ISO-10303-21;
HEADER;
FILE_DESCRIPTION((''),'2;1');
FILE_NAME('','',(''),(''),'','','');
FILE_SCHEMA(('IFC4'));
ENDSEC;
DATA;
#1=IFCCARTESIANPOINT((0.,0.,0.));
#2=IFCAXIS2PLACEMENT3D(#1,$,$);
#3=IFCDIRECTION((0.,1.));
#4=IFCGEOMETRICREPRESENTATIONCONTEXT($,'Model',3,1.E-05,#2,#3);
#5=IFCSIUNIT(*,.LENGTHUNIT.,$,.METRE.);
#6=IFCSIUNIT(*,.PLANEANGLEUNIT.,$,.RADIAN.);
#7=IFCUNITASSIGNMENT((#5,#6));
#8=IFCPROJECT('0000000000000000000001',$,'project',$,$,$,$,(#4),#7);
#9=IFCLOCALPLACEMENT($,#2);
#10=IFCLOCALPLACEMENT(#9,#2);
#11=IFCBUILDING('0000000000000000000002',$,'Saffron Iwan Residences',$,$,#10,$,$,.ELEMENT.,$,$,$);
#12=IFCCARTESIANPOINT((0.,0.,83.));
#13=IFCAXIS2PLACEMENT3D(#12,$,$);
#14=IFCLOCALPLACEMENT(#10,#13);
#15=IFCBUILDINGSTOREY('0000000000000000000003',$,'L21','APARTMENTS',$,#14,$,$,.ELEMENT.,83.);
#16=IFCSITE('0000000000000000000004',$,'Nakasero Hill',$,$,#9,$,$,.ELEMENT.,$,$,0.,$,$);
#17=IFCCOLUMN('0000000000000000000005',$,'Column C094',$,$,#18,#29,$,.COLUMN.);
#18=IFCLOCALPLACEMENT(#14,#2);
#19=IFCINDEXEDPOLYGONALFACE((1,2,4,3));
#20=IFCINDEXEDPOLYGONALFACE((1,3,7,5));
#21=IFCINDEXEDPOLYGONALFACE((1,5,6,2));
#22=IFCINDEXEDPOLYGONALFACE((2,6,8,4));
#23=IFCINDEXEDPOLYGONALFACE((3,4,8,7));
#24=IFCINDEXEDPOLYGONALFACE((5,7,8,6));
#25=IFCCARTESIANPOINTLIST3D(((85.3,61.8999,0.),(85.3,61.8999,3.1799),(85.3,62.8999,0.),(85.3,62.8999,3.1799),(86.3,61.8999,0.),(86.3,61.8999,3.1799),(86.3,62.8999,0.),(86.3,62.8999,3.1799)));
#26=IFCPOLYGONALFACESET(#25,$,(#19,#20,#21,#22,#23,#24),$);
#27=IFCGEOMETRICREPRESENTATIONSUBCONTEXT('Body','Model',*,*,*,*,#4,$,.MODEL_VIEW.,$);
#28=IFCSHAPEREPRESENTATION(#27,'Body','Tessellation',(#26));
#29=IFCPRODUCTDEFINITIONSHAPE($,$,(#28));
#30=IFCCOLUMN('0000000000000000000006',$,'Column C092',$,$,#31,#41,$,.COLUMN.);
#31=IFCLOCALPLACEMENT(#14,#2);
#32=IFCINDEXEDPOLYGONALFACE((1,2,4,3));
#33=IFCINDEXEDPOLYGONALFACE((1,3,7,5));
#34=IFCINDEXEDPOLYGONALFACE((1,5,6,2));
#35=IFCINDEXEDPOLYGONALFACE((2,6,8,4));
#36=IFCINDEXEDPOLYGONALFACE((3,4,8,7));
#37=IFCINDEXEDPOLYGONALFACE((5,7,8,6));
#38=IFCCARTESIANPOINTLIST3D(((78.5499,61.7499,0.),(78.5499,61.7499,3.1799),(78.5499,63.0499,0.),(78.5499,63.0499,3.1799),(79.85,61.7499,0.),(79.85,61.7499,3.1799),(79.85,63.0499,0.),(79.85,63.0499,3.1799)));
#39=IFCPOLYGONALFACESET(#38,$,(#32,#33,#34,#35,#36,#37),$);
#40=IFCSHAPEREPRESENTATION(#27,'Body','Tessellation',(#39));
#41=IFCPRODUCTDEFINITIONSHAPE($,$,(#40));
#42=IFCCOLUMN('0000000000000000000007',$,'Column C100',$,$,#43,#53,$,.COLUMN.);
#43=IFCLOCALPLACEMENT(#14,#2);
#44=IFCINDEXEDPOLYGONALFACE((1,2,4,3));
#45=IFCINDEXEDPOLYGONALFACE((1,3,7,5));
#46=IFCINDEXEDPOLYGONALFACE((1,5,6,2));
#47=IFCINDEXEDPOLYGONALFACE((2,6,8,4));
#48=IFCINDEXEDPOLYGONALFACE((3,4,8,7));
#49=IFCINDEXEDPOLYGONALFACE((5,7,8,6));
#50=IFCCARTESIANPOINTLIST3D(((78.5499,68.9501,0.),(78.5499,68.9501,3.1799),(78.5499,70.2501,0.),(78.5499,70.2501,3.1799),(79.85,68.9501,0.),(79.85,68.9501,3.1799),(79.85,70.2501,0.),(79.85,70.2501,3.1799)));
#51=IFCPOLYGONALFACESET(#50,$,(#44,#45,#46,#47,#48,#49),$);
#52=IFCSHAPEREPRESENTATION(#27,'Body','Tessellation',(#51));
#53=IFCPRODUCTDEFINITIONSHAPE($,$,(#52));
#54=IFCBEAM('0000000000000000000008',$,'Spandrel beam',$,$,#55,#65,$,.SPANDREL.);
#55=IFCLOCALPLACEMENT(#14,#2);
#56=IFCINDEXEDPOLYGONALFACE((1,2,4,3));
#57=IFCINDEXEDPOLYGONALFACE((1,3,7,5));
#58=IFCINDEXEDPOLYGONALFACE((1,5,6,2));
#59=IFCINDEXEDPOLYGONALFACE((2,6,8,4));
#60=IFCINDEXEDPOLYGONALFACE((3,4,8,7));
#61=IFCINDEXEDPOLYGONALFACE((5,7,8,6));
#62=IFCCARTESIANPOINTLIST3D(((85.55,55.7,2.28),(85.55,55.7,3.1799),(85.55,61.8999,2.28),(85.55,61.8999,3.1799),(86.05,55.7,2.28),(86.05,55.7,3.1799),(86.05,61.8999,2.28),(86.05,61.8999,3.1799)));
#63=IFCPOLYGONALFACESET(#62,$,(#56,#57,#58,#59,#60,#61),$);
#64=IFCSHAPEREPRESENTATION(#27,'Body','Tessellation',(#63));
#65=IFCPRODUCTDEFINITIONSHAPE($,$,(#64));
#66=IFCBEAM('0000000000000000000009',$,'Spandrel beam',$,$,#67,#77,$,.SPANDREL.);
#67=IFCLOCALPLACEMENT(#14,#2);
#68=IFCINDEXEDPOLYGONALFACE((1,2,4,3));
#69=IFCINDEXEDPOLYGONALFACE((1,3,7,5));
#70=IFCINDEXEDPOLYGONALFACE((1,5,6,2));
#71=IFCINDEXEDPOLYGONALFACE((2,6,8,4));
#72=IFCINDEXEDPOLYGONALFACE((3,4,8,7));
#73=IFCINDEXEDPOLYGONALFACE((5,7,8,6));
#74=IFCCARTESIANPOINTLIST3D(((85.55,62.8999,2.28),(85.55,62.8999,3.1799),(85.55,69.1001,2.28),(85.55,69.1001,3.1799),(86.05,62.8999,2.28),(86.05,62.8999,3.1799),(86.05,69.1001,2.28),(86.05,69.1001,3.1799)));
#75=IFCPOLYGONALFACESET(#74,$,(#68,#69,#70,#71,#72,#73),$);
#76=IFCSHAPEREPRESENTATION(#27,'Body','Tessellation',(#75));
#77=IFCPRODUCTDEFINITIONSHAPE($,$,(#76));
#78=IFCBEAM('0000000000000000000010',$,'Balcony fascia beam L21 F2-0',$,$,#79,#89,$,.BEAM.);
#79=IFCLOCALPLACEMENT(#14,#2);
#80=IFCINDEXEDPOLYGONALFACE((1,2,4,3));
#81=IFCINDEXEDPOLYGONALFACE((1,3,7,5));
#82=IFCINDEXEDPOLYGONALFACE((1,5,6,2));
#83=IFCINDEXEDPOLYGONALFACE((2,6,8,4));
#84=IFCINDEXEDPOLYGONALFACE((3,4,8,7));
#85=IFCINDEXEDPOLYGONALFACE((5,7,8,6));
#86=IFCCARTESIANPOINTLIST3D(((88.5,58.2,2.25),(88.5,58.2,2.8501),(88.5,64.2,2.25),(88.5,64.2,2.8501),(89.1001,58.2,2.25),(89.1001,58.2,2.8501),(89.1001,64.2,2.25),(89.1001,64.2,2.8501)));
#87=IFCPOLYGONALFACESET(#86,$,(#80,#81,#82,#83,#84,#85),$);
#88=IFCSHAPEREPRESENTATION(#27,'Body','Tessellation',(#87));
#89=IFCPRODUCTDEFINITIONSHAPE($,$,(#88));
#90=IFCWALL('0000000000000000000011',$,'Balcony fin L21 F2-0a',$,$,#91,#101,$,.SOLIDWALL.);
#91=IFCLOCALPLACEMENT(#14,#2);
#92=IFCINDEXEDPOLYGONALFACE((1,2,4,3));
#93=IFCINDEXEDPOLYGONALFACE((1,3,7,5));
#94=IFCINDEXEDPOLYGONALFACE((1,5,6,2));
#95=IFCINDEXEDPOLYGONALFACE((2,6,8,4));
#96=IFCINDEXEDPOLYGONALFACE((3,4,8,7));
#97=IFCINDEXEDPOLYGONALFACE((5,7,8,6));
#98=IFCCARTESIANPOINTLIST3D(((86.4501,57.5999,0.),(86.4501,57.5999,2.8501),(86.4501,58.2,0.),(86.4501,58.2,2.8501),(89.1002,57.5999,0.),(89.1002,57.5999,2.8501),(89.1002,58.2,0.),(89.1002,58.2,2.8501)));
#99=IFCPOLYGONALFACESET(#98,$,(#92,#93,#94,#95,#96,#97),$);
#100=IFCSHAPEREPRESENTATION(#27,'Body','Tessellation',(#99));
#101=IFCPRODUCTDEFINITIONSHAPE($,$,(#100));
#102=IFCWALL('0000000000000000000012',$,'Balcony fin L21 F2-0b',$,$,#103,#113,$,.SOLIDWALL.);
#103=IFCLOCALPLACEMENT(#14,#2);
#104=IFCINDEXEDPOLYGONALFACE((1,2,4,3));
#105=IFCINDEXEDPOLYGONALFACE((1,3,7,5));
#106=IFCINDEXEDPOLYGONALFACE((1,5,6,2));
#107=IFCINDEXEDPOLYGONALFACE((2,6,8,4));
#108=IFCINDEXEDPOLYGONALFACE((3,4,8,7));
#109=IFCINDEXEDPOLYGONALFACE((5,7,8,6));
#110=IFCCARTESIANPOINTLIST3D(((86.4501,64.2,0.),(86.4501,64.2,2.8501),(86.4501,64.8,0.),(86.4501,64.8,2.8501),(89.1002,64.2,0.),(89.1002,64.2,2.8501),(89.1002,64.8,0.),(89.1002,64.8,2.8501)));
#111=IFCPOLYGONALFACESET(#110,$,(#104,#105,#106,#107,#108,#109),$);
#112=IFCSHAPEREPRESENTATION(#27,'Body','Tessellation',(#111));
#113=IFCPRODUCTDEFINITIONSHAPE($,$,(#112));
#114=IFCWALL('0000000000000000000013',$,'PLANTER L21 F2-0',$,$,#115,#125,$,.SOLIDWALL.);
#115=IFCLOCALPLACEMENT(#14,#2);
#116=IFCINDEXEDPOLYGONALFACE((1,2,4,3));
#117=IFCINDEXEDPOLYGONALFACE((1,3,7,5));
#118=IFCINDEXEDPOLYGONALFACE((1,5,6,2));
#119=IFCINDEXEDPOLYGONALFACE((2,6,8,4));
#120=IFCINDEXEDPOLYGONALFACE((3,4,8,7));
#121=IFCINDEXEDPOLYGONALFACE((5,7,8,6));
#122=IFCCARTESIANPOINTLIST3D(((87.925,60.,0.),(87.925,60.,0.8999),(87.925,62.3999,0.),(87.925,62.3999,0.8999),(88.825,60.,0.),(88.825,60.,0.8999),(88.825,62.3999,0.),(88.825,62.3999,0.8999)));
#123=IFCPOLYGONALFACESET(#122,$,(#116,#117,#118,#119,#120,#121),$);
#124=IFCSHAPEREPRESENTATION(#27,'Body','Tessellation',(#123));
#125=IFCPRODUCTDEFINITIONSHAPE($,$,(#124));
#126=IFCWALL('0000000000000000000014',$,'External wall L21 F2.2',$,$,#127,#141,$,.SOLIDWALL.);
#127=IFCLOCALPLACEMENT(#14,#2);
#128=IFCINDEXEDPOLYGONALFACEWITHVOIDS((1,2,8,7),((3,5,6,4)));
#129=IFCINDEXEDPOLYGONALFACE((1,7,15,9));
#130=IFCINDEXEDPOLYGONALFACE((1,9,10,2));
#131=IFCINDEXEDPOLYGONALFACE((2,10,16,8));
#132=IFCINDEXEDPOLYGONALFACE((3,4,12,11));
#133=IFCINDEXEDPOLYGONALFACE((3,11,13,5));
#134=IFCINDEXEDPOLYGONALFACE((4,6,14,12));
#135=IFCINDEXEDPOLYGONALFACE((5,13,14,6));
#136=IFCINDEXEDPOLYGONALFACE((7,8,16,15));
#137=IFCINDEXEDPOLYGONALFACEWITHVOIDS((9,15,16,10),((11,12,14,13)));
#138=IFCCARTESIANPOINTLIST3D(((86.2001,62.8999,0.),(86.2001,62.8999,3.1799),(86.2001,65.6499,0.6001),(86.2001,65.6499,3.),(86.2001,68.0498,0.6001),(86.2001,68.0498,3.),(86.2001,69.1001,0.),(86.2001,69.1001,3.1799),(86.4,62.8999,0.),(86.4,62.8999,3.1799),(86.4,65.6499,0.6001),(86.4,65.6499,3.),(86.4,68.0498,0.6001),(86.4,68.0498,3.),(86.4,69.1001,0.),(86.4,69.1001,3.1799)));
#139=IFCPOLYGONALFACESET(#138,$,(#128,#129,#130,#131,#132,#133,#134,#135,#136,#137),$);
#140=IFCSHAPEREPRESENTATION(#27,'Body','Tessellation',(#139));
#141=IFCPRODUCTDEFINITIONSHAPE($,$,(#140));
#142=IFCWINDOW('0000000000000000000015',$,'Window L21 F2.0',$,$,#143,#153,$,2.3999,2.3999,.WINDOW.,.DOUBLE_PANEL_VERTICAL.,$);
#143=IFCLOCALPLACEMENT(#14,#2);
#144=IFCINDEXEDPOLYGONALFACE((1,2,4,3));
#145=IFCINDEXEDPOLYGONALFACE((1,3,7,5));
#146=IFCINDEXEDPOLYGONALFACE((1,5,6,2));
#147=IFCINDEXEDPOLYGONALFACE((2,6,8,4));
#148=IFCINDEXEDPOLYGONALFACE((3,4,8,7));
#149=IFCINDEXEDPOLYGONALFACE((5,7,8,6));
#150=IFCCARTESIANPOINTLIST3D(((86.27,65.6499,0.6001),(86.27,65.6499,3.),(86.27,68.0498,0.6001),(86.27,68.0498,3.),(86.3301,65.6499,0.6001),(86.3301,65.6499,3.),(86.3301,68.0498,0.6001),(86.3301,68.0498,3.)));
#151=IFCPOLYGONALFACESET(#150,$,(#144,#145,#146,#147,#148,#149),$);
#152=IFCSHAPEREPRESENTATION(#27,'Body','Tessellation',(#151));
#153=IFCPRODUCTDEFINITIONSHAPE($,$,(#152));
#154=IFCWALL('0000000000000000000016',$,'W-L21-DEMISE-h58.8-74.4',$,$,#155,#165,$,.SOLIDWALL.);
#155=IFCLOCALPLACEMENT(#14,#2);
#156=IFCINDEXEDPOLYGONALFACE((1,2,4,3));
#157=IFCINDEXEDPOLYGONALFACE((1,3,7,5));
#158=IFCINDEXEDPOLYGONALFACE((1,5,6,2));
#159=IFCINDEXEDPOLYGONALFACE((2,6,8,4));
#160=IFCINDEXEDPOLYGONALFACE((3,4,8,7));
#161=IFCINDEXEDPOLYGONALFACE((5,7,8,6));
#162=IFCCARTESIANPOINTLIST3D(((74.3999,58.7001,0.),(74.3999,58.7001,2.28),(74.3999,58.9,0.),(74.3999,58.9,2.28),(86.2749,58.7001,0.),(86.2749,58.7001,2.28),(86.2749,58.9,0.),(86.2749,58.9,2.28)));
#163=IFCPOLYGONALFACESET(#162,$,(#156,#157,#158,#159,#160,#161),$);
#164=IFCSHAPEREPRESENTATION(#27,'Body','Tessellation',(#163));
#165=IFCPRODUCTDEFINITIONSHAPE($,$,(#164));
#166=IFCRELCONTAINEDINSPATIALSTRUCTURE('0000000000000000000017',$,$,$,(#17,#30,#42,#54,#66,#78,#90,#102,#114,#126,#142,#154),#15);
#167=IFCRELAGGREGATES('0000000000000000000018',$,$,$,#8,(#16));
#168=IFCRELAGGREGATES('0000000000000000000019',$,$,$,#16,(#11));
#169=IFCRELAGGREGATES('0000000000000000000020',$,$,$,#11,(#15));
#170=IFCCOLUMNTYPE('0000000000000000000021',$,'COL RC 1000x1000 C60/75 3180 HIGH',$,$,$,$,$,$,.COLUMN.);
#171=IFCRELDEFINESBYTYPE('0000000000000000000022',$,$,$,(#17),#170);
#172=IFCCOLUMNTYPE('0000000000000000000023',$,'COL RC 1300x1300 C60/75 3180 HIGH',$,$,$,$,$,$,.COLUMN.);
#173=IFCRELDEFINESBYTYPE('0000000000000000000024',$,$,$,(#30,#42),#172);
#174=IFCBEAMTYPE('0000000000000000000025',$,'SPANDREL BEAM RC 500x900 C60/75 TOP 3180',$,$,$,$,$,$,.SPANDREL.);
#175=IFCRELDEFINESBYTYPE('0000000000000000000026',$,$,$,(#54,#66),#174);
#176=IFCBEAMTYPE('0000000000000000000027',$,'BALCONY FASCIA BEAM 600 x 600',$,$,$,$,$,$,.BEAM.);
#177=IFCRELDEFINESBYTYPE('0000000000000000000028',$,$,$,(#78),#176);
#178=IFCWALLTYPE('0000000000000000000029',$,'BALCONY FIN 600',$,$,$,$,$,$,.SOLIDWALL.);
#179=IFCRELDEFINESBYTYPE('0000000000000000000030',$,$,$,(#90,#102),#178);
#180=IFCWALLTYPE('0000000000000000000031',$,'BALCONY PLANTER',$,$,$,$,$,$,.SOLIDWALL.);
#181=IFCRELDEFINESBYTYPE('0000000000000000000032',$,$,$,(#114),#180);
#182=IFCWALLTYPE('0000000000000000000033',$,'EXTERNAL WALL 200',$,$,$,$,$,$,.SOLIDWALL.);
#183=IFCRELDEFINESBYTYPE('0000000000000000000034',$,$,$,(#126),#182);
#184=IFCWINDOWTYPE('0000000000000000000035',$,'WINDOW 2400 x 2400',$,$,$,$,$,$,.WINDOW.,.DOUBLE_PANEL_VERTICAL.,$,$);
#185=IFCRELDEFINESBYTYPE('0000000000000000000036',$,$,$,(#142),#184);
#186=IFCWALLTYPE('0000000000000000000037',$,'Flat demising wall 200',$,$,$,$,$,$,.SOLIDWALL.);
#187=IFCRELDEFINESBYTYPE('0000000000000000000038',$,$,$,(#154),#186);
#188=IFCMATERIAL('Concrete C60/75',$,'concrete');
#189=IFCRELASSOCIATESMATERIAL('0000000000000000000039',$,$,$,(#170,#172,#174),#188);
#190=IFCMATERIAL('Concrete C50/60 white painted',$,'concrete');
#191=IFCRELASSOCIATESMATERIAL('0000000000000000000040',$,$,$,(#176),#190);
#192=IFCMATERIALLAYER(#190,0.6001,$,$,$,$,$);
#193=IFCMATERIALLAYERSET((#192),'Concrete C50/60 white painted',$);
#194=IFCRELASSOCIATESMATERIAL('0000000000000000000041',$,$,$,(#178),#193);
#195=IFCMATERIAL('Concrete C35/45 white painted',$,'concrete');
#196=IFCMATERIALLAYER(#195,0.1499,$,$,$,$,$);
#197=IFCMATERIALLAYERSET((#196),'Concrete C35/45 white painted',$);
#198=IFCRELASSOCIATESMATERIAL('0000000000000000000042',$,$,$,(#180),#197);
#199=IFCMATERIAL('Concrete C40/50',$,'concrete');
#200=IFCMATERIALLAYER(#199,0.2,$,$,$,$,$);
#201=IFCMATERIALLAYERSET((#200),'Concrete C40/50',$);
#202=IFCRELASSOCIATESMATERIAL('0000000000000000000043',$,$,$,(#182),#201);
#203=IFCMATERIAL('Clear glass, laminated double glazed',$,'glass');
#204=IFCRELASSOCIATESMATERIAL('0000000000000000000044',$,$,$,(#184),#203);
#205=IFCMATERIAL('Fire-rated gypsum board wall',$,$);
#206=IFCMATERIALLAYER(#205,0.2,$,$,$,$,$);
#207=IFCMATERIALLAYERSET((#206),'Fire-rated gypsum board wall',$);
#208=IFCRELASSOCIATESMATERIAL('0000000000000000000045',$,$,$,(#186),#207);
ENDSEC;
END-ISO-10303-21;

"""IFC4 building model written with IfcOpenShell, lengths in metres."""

from ifc_helpers import new_model, si_unit, direction, frame, frame_2d, origin, origin_2d, place, context, subcontext, project, spatial, rectangle, extrude, source, transform, mapped, material, layer, layer_set, material_profile, profile_set, type_object, element, fill, save


model = new_model("IFC4")

# Units and contexts
model_context = context("Model", 3, precision=1e-05, world=origin(), true_north=direction((0.0, 1.0)))
body_context = subcontext(model_context, "Body", "Model", "MODEL_VIEW")
ifc_project = project(units=[si_unit("LENGTHUNIT", "METRE"), si_unit("PLANEANGLEUNIT", "RADIAN")], contexts=[model_context])

# Site, building, storey
site_placement = place(None, origin())
site = spatial("IfcSite", under=ifc_project, at=site_placement, Name="Nakasero Hill", CompositionType="ELEMENT", RefElevation=0.0)
building_placement = place(site_placement, origin())
building = spatial("IfcBuilding", under=site, at=building_placement, Name="Saffron Iwan Residences", CompositionType="ELEMENT")
storey_placement = place(building_placement, frame((0.0, 0.0, 83.0)))
storey = spatial("IfcBuildingStorey", under=building, at=storey_placement, Name="L21", Description="APARTMENTS", CompositionType="ELEMENT", Elevation=83.0)

# Columns
ifc_material_1 = material(Name="Concrete C60/75", Category="concrete")
ifc_material_profile_1 = material_profile(ifc_material_1, rectangle(XDim=1.0, YDim=1.0, at=origin_2d()), Name="RC 1000x1000")
ifc_profile_set_1 = profile_set([ifc_material_profile_1], Name="Concrete C60/75")
column_type_1 = type_object("IfcColumnType", Name="COL RC 1000x1000 C60/75 3180 HIGH", PredefinedType="COLUMN", material=ifc_profile_set_1)
shared_shape_1 = source(origin(), body_context, "Body", "SweptSolid", [
    extrude(rectangle(XDim=1.0, YDim=1.0, at=origin_2d()), origin(), (0.0, 0.0, 1.0), 3.1799),
])
column_placement = place(storey_placement, frame((85.8, 62.3999, 0.0), z_axis=(0.0, 0.0, 1.0), x_axis=(1.0, 0.0, 0.0)))
element("IfcColumn", 1, at=column_placement, inside=storey, type_object=column_type_1, Name="Column C094", PredefinedType="COLUMN", context=body_context, shape_type="MappedRepresentation", body=[
    mapped(shared_shape_1, transform((0.0, 0.0, 0.0))),
])
ifc_material_profile_2 = material_profile(ifc_material_1, rectangle(XDim=1.3, YDim=1.3, at=origin_2d()), Name="RC 1300x1300")
ifc_profile_set_2 = profile_set([ifc_material_profile_2], Name="Concrete C60/75")
column_type_2 = type_object("IfcColumnType", Name="COL RC 1300x1300 C60/75 3180 HIGH", PredefinedType="COLUMN", material=ifc_profile_set_2)
shared_shape_2 = source(origin(), body_context, "Body", "SweptSolid", [
    extrude(rectangle(XDim=1.3, YDim=1.3, at=origin_2d()), origin(), (0.0, 0.0, 1.0), 3.1799),
])
for number, where, z_axis, x_axis, name in (
    (2, (79.2, 62.3999, 0.0), (0.0, 0.0, 1.0), (1.0, 0.0, 0.0), "Column C092"),
    (3, (79.2, 69.6001, 0.0), (0.0, 0.0, 1.0), (1.0, 0.0, 0.0), "Column C100"),
):
    element("IfcColumn", number, at=place(storey_placement, frame(where, z_axis=z_axis, x_axis=x_axis)), inside=storey, type_object=column_type_2, Name=name, PredefinedType="COLUMN", context=body_context, shape_type="MappedRepresentation", body=[
        mapped(shared_shape_2, transform((0.0, 0.0, 0.0))),
    ])

# Beams
ifc_material_profile_3 = material_profile(ifc_material_1, rectangle(XDim=0.5, YDim=0.8999, at=origin_2d()), Name="RC 500x900")
ifc_profile_set_3 = profile_set([ifc_material_profile_3], Name="Concrete C60/75")
beam_type_1 = type_object("IfcBeamType", Name="SPANDREL BEAM RC 500x900 C60/75 TOP 3180", PredefinedType="SPANDREL", material=ifc_profile_set_3)
shared_shape_3 = source(origin(), body_context, "Body", "SweptSolid", [
    extrude(rectangle(XDim=0.5, YDim=0.8999, at=origin_2d()), origin(), (0.0, 0.0, 1.0), 6.2),
])
beam_1_placement = place(storey_placement, frame((85.8, 61.8999, 2.73), z_axis=(0.0, -1.0, 0.0), x_axis=(1.0, 0.0, 0.0)))
element("IfcBeam", 4, at=beam_1_placement, inside=storey, type_object=beam_type_1, Name="Spandrel beam", PredefinedType="SPANDREL", context=body_context, shape_type="MappedRepresentation", body=[
    mapped(shared_shape_3, transform((0.0, 0.0, 0.0))),
])
shared_shape_4 = source(origin(), body_context, "Body", "SweptSolid", [
    extrude(rectangle(XDim=0.5, YDim=0.8999, at=origin_2d()), origin(), (0.0, 0.0, 1.0), 6.2002),
])
beam_2_placement = place(storey_placement, frame((85.8, 69.1001, 2.73), z_axis=(0.0, -1.0, 0.0), x_axis=(1.0, 0.0, 0.0)))
element("IfcBeam", 5, at=beam_2_placement, inside=storey, type_object=beam_type_1, Name="Spandrel beam", PredefinedType="SPANDREL", context=body_context, shape_type="MappedRepresentation", body=[
    mapped(shared_shape_4, transform((0.0, 0.0, 0.0))),
])
ifc_material_2 = material(Name="Concrete C50/60 white painted", Category="concrete")
ifc_material_profile_4 = material_profile(ifc_material_2, rectangle(XDim=0.6001, YDim=0.6001, at=origin_2d()), Name="BALCONY FASCIA BEAM 600 x 600")
ifc_profile_set_4 = profile_set([ifc_material_profile_4], Name="Concrete C50/60 white painted")
beam_type_2 = type_object("IfcBeamType", Name="BALCONY FASCIA BEAM 600 x 600", PredefinedType="BEAM", material=ifc_profile_set_4)
shared_shape_5 = source(origin(), body_context, "Body", "SweptSolid", [
    extrude(rectangle(XDim=0.6001, YDim=0.6001, at=origin_2d()), origin(), (0.0, 0.0, 1.0), 6.0),
])
beam_3_placement = place(storey_placement, frame((88.8, 58.2, 2.55), z_axis=(0.0, 1.0, 0.0), x_axis=(-1.0, 0.0, 0.0)))
element("IfcBeam", 6, at=beam_3_placement, inside=storey, type_object=beam_type_2, Name="Balcony fascia beam L21 F2-0", PredefinedType="BEAM", context=body_context, shape_type="MappedRepresentation", body=[
    mapped(shared_shape_5, transform((0.0, 0.0, 0.0))),
])

# Walls
ifc_layer_1 = layer(ifc_material_2, 0.6001)
ifc_layer_set_1 = layer_set([ifc_layer_1], Name="Concrete C50/60 white painted")
wall_type_1 = type_object("IfcWallType", Name="BALCONY FIN 600", PredefinedType="SOLIDWALL", material=ifc_layer_set_1)
for number, where, z_axis, x_axis, name in (
    (7, (86.45, 57.8999, 0.0), (0.0, 0.0, 1.0), (1.0, 0.0, 0.0), "Balcony fin L21 F2-0a"),
    (8, (86.45, 64.5, 0.0), (0.0, 0.0, 1.0), (1.0, 0.0, 0.0), "Balcony fin L21 F2-0b"),
):
    element("IfcWall", number, at=place(storey_placement, frame(where, z_axis=z_axis, x_axis=x_axis)), inside=storey, type_object=wall_type_1, Name=name, PredefinedType="SOLIDWALL", context=body_context, shape_type="SweptSolid", body=[
        extrude(rectangle(XDim=2.6501, YDim=0.6001, at=frame_2d((1.3252, 0.0))), origin(), (0.0, 0.0, 1.0), 2.8501),
    ])
ifc_material_3 = material(Name="Concrete C35/45 white painted", Category="concrete")
ifc_layer_2 = layer(ifc_material_3, 0.1499)
ifc_layer_set_2 = layer_set([ifc_layer_2], Name="Concrete C35/45 white painted")
wall_type_2 = type_object("IfcWallType", Name="BALCONY PLANTER", PredefinedType="SOLIDWALL", material=ifc_layer_set_2)
wall_1_placement = place(storey_placement, frame((88.375, 60.0, 0.0), z_axis=(0.0, 0.0, 1.0), x_axis=(0.0, 1.0, 0.0)))
element("IfcWall", 9, at=wall_1_placement, inside=storey, type_object=wall_type_2, Name="PLANTER L21 F2-0", PredefinedType="SOLIDWALL", context=body_context, shape_type="SweptSolid", body=[
    extrude(rectangle(XDim=2.3999, YDim=0.8999, at=frame_2d((1.2, 0.0))), origin(), (0.0, 0.0, 1.0), 0.8999),
])

# Wall, opening, window
ifc_material_4 = material(Name="Concrete C40/50", Category="concrete")
ifc_layer_3 = layer(ifc_material_4, 0.2)
ifc_layer_set_3 = layer_set([ifc_layer_3], Name="Concrete C40/50")
wall_type_3 = type_object("IfcWallType", Name="EXTERNAL WALL 200", PredefinedType="SOLIDWALL", material=ifc_layer_set_3)
wall_2_placement = place(storey_placement, frame((86.3, 62.8999, 0.0), z_axis=(0.0, 0.0, 1.0), x_axis=(0.0, 1.0, 0.0)))
wall_2 = element("IfcWall", 10, at=wall_2_placement, inside=storey, type_object=wall_type_3, Name="External wall L21 F2.2", PredefinedType="SOLIDWALL", context=body_context, shape_type="SweptSolid", body=[
    extrude(rectangle(XDim=6.2002, YDim=0.2, at=frame_2d((3.1001, 0.0))), origin(), (0.0, 0.0, 1.0), 3.1799),
])
opening_1_placement = place(wall_2_placement, frame((2.75, 0.0, 0.6001)))
opening_1 = element("IfcOpeningElement", 11, at=opening_1_placement, cuts=wall_2, PredefinedType="OPENING", context=body_context, shape_type="SweptSolid", body=[
    extrude(rectangle(XDim=2.3999, YDim=2.3999, at=frame_2d((1.2, 1.2))), frame((0.0, 0.1099, 0.0), z_axis=(0.0, -1.0, 0.0), x_axis=(1.0, 0.0, 0.0)), (0.0, 0.0, 1.0), 0.22),
])
ifc_material_5 = material(Name="Clear glass, laminated double glazed", Category="glass")
window_type = type_object("IfcWindowType", Name="WINDOW 2400 x 2400", PartitioningType="DOUBLE_PANEL_VERTICAL", PredefinedType="WINDOW", material=ifc_material_5)
window_placement = place(opening_1_placement, origin())
window = element("IfcWindow", 12, at=window_placement, inside=storey, type_object=window_type, Name="Window L21 F2.0", OverallHeight=2.3999, OverallWidth=2.3999, PartitioningType="DOUBLE_PANEL_VERTICAL", PredefinedType="WINDOW", context=body_context, shape_type="SweptSolid", body=[
    extrude(rectangle(XDim=2.3999, YDim=2.3999, at=frame_2d((1.2, 1.2))), frame((0.0, 0.03, 0.0), z_axis=(0.0, -1.0, 0.0), x_axis=(1.0, 0.0, 0.0)), (0.0, 0.0, 1.0), 0.0601),
])
fill(opening_1, window)

# Wall
ifc_material_6 = material(Name="Fire-rated gypsum board wall")
ifc_layer_4 = layer(ifc_material_6, 0.2)
ifc_layer_set_4 = layer_set([ifc_layer_4], Name="Fire-rated gypsum board wall")
wall_type_4 = type_object("IfcWallType", Name="Flat demising wall 200", PredefinedType="SOLIDWALL", material=ifc_layer_set_4)
wall_3_placement = place(storey_placement, frame((74.3999, 58.8, 0.0), z_axis=(0.0, 0.0, 1.0), x_axis=(1.0, 0.0, 0.0)))
element("IfcWall", 13, at=wall_3_placement, inside=storey, type_object=wall_type_4, Name="W-L21-DEMISE-h58.8-74.4", PredefinedType="SOLIDWALL", context=body_context, shape_type="SweptSolid", body=[
    extrude(rectangle(XDim=11.875, YDim=0.2, at=frame_2d((5.9375, 0.0))), origin(), (0.0, 0.0, 1.0), 2.28),
])

save(model, "model.ifc")
